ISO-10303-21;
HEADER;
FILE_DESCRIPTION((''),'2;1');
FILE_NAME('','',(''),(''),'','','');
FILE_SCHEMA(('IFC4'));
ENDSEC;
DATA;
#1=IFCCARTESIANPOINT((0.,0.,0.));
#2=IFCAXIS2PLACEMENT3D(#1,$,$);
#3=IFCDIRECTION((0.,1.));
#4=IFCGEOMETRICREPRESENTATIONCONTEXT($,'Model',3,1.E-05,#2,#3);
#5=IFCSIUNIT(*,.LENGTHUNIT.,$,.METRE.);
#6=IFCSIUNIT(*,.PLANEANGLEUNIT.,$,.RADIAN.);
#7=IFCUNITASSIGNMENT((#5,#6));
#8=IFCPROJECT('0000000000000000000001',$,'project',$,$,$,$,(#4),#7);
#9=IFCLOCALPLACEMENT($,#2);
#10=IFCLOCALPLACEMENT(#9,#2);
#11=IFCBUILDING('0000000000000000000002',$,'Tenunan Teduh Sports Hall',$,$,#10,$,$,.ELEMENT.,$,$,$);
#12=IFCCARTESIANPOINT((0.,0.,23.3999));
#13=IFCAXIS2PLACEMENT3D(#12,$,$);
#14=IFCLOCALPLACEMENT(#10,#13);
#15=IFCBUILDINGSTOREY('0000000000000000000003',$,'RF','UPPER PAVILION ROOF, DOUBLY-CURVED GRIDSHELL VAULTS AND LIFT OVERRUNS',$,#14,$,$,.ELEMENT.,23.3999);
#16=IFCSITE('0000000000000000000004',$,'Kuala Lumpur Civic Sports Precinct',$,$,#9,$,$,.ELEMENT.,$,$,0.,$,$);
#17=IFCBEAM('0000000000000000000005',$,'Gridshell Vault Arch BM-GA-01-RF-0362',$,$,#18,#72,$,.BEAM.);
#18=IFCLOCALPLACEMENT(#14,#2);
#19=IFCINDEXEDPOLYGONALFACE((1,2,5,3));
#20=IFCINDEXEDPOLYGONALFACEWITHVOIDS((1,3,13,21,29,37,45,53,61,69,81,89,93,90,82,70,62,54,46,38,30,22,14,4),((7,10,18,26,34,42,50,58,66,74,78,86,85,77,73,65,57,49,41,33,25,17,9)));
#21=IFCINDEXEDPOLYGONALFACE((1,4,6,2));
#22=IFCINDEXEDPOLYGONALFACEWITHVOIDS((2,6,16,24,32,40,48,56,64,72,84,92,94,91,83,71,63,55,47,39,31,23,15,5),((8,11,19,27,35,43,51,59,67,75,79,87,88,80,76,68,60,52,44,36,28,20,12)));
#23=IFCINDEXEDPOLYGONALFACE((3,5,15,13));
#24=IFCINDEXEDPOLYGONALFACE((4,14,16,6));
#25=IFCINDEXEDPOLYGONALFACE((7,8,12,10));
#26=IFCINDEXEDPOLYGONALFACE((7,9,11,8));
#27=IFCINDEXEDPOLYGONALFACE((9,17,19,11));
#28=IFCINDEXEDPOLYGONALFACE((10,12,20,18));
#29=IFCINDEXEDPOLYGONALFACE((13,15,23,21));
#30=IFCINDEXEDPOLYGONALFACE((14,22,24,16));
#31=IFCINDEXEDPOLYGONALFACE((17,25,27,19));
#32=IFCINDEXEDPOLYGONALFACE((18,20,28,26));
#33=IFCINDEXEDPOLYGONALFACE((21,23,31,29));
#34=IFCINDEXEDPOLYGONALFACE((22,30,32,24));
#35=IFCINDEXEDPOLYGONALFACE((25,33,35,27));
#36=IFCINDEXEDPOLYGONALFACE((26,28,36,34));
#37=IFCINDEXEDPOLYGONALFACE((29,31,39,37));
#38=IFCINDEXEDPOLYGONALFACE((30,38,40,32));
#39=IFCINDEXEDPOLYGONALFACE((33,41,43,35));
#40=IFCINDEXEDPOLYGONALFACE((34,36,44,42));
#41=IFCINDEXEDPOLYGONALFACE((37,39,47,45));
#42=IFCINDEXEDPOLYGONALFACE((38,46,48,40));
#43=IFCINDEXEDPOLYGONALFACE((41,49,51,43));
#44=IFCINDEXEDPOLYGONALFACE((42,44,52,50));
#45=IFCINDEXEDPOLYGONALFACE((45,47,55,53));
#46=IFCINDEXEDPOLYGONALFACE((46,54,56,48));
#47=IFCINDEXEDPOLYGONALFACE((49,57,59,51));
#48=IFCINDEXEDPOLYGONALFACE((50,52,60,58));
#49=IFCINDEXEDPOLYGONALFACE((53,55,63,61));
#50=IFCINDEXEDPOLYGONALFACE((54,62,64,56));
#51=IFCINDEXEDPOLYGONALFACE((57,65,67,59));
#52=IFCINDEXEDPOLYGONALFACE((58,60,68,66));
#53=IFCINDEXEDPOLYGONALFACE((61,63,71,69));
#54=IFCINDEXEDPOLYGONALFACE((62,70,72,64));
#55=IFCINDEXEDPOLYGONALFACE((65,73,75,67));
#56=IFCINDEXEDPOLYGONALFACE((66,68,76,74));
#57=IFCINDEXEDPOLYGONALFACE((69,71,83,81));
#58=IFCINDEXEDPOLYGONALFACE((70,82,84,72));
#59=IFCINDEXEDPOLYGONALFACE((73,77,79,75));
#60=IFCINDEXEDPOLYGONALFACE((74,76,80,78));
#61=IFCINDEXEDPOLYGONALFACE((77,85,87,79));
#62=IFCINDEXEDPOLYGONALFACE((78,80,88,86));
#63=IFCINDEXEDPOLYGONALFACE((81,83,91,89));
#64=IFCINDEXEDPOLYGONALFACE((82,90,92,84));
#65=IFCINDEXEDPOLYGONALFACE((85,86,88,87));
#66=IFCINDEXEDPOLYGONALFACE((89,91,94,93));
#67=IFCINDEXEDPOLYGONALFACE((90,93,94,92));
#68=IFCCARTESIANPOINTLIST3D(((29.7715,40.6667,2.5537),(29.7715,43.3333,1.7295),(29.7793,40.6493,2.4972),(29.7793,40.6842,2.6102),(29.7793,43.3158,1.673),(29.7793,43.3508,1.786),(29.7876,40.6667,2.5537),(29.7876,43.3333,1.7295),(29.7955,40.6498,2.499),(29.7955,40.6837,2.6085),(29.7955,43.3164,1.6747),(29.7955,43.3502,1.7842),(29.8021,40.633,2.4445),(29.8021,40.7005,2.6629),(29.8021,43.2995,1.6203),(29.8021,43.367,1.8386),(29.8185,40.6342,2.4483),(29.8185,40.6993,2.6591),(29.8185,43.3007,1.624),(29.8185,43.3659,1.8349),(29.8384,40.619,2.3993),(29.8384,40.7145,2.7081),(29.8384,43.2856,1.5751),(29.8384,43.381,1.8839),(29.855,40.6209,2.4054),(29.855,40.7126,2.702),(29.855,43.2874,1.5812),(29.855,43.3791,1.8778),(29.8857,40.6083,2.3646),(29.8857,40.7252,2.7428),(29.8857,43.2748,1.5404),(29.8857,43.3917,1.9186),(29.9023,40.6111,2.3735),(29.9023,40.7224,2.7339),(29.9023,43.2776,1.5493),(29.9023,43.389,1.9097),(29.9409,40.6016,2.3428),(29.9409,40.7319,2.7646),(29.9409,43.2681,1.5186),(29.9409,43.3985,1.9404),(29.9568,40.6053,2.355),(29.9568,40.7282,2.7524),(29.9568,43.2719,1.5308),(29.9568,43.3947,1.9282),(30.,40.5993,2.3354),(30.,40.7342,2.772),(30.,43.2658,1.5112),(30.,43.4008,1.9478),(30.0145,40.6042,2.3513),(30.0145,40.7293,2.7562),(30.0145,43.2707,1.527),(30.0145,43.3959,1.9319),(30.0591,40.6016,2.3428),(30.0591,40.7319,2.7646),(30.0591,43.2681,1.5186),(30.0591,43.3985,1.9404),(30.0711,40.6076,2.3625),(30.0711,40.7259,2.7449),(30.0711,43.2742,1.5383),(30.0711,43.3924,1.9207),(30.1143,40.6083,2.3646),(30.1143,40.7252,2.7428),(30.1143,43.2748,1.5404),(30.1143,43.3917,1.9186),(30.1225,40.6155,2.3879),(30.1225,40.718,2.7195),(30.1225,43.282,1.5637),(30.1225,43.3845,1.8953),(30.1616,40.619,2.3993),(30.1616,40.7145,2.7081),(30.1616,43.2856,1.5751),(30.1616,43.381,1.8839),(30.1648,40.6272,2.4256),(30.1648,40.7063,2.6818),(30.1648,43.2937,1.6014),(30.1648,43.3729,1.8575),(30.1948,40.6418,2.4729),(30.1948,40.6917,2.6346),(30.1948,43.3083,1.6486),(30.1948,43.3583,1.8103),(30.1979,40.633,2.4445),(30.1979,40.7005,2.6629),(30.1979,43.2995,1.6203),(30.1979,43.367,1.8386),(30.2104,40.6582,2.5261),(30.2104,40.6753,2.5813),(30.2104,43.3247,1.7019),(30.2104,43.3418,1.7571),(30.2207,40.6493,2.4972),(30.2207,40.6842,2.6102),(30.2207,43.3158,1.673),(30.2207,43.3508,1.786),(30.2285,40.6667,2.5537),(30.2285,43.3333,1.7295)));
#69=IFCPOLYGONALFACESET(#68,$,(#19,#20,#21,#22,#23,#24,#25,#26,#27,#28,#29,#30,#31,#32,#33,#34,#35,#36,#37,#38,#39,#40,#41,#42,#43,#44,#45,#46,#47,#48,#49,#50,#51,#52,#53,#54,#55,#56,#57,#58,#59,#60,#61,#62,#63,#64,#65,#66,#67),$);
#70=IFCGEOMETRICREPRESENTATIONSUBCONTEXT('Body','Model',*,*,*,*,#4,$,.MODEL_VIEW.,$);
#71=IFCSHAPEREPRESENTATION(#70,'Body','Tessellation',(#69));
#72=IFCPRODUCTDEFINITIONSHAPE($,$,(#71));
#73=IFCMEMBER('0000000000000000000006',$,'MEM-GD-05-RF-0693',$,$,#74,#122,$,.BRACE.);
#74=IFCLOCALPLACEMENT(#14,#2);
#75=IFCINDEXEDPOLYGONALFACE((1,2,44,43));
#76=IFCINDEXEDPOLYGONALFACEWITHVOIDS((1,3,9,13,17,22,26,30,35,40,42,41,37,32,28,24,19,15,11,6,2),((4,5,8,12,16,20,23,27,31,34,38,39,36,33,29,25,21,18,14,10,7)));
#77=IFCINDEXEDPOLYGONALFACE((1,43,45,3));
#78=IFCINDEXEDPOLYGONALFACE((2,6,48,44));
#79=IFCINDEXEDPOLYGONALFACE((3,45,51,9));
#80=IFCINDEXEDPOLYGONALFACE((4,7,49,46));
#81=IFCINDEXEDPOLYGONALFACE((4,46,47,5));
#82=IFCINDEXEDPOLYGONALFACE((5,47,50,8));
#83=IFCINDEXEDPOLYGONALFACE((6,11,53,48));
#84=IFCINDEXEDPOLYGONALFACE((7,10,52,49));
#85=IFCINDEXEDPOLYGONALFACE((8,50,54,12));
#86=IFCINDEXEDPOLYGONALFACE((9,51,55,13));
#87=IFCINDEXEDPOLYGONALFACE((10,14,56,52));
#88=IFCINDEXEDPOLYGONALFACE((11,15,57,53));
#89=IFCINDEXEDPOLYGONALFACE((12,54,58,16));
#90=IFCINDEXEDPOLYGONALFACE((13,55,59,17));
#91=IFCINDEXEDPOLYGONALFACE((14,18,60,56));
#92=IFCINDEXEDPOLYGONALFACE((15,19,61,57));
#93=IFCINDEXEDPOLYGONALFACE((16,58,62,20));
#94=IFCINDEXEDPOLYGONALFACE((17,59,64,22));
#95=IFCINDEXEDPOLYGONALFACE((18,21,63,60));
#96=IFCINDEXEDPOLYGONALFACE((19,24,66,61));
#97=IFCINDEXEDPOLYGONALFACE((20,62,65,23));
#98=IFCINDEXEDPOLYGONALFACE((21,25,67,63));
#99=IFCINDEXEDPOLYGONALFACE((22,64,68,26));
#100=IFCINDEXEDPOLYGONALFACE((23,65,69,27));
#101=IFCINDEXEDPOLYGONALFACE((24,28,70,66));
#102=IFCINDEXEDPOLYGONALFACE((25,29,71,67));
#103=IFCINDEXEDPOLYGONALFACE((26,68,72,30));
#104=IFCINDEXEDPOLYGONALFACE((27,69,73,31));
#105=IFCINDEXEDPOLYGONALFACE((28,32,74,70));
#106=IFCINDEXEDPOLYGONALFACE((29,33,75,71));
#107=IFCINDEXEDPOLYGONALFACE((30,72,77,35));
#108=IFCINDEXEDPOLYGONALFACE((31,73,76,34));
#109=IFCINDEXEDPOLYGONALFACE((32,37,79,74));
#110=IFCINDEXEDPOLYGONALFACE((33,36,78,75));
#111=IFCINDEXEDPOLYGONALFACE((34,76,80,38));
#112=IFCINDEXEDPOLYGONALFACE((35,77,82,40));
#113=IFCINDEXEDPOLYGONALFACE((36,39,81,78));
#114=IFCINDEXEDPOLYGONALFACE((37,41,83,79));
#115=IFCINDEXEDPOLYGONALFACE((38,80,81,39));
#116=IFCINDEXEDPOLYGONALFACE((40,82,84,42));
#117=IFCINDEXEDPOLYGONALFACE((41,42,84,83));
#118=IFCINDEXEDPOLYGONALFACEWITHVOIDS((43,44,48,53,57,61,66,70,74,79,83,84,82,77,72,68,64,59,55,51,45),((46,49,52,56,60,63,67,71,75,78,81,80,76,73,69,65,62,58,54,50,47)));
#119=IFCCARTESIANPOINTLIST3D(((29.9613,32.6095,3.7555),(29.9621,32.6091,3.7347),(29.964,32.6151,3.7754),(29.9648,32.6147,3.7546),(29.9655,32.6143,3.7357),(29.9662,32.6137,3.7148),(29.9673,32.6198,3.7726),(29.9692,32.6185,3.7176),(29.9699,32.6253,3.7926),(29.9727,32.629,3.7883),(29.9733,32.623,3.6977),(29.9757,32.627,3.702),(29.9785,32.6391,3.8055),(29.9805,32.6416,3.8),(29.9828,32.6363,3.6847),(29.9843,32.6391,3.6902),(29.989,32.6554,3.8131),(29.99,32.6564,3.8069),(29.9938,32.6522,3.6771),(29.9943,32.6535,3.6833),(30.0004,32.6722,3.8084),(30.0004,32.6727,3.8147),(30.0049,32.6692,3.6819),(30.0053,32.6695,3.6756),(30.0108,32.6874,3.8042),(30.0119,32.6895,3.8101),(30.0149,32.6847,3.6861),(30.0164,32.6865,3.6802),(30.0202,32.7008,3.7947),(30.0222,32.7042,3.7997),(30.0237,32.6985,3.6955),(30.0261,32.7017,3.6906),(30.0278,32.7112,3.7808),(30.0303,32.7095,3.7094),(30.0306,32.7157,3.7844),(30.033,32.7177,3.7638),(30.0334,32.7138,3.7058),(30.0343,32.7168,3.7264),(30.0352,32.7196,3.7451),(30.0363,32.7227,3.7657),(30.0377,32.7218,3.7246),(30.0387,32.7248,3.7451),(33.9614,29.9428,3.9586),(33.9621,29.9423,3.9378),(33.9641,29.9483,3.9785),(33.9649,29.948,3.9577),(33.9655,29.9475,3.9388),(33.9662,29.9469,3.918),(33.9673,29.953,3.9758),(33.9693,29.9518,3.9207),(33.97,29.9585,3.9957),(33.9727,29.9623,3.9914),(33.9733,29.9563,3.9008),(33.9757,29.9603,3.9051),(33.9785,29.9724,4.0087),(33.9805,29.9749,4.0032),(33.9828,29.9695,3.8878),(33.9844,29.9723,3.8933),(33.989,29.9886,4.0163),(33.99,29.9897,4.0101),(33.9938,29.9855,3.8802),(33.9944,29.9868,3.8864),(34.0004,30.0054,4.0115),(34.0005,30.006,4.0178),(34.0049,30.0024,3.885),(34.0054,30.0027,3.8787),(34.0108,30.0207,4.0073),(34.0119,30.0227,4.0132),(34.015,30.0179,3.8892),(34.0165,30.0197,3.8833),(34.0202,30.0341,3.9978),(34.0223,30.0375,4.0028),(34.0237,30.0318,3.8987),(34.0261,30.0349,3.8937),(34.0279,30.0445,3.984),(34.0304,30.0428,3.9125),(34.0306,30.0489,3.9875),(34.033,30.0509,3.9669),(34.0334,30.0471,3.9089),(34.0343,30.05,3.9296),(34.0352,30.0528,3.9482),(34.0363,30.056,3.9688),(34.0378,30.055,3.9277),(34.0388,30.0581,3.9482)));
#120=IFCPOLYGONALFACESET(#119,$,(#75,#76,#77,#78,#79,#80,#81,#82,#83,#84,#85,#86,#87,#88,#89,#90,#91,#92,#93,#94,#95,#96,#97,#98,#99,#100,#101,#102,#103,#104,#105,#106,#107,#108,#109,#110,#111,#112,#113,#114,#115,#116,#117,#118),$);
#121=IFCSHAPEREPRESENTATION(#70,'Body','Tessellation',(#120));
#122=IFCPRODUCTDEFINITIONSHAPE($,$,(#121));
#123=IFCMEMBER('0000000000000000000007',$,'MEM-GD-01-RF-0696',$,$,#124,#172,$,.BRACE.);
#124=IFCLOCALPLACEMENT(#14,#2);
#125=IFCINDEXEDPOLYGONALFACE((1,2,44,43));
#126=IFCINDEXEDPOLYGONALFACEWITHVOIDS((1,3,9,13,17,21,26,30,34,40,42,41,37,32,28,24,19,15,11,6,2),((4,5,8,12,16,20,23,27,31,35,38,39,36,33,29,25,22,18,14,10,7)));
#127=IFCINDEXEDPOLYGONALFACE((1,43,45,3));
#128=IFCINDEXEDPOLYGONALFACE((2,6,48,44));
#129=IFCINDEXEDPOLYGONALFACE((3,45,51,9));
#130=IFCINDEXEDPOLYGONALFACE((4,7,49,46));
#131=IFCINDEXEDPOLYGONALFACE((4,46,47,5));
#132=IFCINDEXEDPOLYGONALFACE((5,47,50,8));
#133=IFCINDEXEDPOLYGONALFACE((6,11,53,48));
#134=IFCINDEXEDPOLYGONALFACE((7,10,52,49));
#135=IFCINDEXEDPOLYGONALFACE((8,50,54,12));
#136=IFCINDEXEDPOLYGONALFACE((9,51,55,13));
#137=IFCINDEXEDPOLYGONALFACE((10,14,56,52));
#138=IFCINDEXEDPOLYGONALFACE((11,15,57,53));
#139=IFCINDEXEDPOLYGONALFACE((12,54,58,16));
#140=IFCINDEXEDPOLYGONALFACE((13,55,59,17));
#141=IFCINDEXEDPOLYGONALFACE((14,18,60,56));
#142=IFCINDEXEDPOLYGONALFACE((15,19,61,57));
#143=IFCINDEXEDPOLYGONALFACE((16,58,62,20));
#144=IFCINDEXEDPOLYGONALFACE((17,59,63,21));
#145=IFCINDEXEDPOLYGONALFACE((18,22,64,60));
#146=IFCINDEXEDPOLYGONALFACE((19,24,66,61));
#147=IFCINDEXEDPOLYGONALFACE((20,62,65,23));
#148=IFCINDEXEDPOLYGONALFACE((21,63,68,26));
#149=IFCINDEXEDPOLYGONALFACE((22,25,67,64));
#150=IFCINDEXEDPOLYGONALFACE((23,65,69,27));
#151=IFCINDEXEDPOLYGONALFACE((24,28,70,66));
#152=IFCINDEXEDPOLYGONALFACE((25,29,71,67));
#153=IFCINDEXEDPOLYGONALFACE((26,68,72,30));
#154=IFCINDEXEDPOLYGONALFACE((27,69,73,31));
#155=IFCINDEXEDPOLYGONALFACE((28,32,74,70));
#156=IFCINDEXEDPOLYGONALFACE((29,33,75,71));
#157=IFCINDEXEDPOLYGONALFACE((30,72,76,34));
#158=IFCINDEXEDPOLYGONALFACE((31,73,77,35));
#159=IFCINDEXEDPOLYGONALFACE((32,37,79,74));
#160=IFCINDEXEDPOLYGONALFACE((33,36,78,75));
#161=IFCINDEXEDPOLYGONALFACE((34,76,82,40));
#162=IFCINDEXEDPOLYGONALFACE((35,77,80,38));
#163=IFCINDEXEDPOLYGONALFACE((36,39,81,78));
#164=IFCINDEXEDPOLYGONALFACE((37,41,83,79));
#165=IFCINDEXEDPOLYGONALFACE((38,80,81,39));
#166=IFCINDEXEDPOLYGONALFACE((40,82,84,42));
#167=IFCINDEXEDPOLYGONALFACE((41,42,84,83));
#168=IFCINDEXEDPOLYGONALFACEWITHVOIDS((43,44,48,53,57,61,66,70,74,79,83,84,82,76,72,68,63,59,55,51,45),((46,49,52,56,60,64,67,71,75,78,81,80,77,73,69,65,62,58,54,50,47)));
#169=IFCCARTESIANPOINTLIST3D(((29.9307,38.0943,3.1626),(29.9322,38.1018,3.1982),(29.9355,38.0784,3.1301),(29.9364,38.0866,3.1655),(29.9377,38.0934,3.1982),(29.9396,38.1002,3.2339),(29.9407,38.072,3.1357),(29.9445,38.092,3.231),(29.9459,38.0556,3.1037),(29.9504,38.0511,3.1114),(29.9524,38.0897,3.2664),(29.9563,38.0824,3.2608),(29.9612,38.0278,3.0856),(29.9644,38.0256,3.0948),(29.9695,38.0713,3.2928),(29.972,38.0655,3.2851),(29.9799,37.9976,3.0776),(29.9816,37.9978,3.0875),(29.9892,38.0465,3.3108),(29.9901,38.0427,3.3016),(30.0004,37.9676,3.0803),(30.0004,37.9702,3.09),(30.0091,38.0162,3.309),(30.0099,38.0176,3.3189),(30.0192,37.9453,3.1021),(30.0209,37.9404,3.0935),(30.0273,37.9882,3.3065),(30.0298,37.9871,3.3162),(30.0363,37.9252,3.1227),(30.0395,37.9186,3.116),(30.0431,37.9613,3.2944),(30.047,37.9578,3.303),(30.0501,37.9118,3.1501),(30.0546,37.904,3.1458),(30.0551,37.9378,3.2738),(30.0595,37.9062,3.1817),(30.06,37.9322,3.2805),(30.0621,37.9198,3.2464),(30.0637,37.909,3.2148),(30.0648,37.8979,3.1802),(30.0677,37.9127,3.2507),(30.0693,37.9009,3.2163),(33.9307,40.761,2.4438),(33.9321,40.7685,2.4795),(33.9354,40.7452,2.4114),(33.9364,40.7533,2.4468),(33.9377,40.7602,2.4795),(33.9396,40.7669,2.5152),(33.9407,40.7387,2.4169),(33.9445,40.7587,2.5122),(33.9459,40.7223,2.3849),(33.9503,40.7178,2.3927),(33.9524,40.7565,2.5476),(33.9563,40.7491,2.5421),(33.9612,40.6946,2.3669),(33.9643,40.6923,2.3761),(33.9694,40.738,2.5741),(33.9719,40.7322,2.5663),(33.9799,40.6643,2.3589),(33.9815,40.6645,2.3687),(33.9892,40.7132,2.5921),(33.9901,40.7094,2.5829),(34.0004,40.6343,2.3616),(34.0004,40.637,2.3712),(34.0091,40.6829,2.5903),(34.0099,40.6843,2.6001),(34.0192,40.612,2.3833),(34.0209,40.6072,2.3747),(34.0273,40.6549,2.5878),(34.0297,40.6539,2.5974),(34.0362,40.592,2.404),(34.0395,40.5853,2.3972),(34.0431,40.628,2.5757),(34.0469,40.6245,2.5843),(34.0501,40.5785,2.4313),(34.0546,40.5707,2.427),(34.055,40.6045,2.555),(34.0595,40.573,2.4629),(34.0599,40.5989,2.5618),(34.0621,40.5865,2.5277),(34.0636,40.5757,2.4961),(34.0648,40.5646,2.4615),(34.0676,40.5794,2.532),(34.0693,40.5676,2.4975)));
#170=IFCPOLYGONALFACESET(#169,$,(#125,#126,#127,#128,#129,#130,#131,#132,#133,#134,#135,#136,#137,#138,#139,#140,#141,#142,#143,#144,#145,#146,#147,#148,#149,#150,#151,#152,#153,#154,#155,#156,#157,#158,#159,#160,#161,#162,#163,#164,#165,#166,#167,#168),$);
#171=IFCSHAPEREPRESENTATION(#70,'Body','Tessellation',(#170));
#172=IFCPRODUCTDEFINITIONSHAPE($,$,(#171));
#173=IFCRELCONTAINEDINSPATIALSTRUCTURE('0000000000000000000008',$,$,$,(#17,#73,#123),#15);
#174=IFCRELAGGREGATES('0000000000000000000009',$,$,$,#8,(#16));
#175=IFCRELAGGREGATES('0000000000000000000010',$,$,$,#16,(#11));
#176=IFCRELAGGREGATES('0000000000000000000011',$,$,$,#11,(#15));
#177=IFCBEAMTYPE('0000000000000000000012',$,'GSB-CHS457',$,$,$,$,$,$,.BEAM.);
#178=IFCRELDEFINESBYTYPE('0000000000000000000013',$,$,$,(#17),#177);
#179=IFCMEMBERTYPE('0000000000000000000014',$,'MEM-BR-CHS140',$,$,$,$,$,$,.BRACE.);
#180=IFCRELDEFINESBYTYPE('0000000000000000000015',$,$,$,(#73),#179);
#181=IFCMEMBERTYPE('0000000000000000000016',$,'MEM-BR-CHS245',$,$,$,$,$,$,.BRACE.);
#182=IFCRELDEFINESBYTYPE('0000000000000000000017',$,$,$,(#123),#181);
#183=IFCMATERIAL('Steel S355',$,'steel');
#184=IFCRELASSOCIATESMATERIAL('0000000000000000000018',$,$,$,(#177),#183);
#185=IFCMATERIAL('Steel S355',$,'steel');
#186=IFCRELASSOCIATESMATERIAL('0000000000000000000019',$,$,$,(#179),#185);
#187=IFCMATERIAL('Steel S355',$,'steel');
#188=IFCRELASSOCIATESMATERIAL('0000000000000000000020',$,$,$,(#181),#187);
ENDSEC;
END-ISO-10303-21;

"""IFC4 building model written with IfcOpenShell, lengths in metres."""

from ifc_helpers import new_model, si_unit, direction, frame, origin, origin_2d, place, context, subcontext, project, spatial, hollow_circle, extrude, material, material_profile, profile_set, type_object, element, save


model = new_model("IFC4")

# Units and contexts
model_context = context("Model", 3, precision=1e-05, world=origin(), true_north=direction((0.0, 1.0)))
body_context = subcontext(model_context, "Body", "Model", "MODEL_VIEW")
ifc_project = project(units=[si_unit("LENGTHUNIT", "METRE"), si_unit("PLANEANGLEUNIT", "RADIAN")], contexts=[model_context])

# Site, building, storey
site_placement = place(None, origin())
site = spatial("IfcSite", under=ifc_project, at=site_placement, Name="Kuala Lumpur Civic Sports Precinct", CompositionType="ELEMENT", RefElevation=0.0)
building_placement = place(site_placement, origin())
building = spatial("IfcBuilding", under=site, at=building_placement, Name="Tenunan Teduh Sports Hall", CompositionType="ELEMENT")
storey_placement = place(building_placement, frame((0.0, 0.0, 23.3999)))
storey = spatial("IfcBuildingStorey", under=building, at=storey_placement, Name="RF", Description="UPPER PAVILION ROOF, DOUBLY-CURVED GRIDSHELL VAULTS AND LIFT OVERRUNS", CompositionType="ELEMENT", Elevation=23.3999)

# Beam
ifc_material_1 = material(Name="Steel S355", Category="steel")
ifc_material_profile_1 = material_profile(ifc_material_1, hollow_circle(Radius=0.2285, WallThickness=0.0161, at=origin_2d()), Name="CHS 457.0x16.0")
ifc_profile_set_1 = profile_set([ifc_material_profile_1], Name="Steel S355")
beam_type_1 = type_object("IfcBeamType", Name="GSB-CHS457", PredefinedType="BEAM", material=ifc_profile_set_1)
beam_1_placement = place(storey_placement, frame((30.0, 40.6667, 2.5537), z_axis=(0.0, 0.9554, -0.295315), x_axis=(-1.0, 0.0, 0.0)))
element("IfcBeam", 1, at=beam_1_placement, inside=storey, type_object=beam_type_1, Name="Gridshell Vault Arch BM-GA-01-RF-0362", PredefinedType="BEAM", context=body_context, shape_type="SweptSolid", body=[
    extrude(hollow_circle(Radius=0.2285, WallThickness=0.0161, at=origin_2d()), origin(), (0.0, 0.0, 1.0), 2.791),
])

# Members
ifc_material_2 = material(Name="Steel S355", Category="steel")
ifc_material_profile_2 = material_profile(ifc_material_2, hollow_circle(Radius=0.0698, WallThickness=0.0063, at=origin_2d()), Name="CHS 139.7x6.3")
ifc_profile_set_2 = profile_set([ifc_material_profile_2], Name="Steel S355")
member_type_1 = type_object("IfcMemberType", Name="MEM-BR-CHS140", PredefinedType="BRACE", material=ifc_profile_set_2)
member_1_placement = place(storey_placement, frame((30.0, 32.6667, 3.7451), z_axis=(0.831301, -0.554217, 0.042214), x_axis=(0.554712, 0.832042, 0.0)))
element("IfcMember", 2, at=member_1_placement, inside=storey, type_object=member_type_1, Name="MEM-GD-05-RF-0693", PredefinedType="BRACE", context=body_context, shape_type="SweptSolid", body=[
    extrude(hollow_circle(Radius=0.0698, WallThickness=0.0063, at=origin_2d()), origin(), (0.0, 0.0, 1.0), 4.8118),
])
ifc_material_3 = material(Name="Steel S355", Category="steel")
ifc_material_profile_3 = material_profile(ifc_material_3, hollow_circle(Radius=0.1223, WallThickness=0.01, at=origin_2d()), Name="CHS 244.5x10.0")
ifc_profile_set_3 = profile_set([ifc_material_profile_3], Name="Steel S355")
member_type_2 = type_object("IfcMemberType", Name="MEM-BR-CHS245", PredefinedType="BRACE", material=ifc_profile_set_3)
member_2_placement = place(storey_placement, frame((30.0, 38.0, 3.1982), z_axis=(0.822896, 0.548614, -0.147864), x_axis=(-0.554712, 0.832042, 0.0)))
element("IfcMember", 3, at=member_2_placement, inside=storey, type_object=member_type_2, Name="MEM-GD-01-RF-0696", PredefinedType="BRACE", context=body_context, shape_type="SweptSolid", body=[
    extrude(hollow_circle(Radius=0.1223, WallThickness=0.01, at=origin_2d()), origin(), (0.0, 0.0, 1.0), 4.8608),
])

save(model, "model.ifc")
